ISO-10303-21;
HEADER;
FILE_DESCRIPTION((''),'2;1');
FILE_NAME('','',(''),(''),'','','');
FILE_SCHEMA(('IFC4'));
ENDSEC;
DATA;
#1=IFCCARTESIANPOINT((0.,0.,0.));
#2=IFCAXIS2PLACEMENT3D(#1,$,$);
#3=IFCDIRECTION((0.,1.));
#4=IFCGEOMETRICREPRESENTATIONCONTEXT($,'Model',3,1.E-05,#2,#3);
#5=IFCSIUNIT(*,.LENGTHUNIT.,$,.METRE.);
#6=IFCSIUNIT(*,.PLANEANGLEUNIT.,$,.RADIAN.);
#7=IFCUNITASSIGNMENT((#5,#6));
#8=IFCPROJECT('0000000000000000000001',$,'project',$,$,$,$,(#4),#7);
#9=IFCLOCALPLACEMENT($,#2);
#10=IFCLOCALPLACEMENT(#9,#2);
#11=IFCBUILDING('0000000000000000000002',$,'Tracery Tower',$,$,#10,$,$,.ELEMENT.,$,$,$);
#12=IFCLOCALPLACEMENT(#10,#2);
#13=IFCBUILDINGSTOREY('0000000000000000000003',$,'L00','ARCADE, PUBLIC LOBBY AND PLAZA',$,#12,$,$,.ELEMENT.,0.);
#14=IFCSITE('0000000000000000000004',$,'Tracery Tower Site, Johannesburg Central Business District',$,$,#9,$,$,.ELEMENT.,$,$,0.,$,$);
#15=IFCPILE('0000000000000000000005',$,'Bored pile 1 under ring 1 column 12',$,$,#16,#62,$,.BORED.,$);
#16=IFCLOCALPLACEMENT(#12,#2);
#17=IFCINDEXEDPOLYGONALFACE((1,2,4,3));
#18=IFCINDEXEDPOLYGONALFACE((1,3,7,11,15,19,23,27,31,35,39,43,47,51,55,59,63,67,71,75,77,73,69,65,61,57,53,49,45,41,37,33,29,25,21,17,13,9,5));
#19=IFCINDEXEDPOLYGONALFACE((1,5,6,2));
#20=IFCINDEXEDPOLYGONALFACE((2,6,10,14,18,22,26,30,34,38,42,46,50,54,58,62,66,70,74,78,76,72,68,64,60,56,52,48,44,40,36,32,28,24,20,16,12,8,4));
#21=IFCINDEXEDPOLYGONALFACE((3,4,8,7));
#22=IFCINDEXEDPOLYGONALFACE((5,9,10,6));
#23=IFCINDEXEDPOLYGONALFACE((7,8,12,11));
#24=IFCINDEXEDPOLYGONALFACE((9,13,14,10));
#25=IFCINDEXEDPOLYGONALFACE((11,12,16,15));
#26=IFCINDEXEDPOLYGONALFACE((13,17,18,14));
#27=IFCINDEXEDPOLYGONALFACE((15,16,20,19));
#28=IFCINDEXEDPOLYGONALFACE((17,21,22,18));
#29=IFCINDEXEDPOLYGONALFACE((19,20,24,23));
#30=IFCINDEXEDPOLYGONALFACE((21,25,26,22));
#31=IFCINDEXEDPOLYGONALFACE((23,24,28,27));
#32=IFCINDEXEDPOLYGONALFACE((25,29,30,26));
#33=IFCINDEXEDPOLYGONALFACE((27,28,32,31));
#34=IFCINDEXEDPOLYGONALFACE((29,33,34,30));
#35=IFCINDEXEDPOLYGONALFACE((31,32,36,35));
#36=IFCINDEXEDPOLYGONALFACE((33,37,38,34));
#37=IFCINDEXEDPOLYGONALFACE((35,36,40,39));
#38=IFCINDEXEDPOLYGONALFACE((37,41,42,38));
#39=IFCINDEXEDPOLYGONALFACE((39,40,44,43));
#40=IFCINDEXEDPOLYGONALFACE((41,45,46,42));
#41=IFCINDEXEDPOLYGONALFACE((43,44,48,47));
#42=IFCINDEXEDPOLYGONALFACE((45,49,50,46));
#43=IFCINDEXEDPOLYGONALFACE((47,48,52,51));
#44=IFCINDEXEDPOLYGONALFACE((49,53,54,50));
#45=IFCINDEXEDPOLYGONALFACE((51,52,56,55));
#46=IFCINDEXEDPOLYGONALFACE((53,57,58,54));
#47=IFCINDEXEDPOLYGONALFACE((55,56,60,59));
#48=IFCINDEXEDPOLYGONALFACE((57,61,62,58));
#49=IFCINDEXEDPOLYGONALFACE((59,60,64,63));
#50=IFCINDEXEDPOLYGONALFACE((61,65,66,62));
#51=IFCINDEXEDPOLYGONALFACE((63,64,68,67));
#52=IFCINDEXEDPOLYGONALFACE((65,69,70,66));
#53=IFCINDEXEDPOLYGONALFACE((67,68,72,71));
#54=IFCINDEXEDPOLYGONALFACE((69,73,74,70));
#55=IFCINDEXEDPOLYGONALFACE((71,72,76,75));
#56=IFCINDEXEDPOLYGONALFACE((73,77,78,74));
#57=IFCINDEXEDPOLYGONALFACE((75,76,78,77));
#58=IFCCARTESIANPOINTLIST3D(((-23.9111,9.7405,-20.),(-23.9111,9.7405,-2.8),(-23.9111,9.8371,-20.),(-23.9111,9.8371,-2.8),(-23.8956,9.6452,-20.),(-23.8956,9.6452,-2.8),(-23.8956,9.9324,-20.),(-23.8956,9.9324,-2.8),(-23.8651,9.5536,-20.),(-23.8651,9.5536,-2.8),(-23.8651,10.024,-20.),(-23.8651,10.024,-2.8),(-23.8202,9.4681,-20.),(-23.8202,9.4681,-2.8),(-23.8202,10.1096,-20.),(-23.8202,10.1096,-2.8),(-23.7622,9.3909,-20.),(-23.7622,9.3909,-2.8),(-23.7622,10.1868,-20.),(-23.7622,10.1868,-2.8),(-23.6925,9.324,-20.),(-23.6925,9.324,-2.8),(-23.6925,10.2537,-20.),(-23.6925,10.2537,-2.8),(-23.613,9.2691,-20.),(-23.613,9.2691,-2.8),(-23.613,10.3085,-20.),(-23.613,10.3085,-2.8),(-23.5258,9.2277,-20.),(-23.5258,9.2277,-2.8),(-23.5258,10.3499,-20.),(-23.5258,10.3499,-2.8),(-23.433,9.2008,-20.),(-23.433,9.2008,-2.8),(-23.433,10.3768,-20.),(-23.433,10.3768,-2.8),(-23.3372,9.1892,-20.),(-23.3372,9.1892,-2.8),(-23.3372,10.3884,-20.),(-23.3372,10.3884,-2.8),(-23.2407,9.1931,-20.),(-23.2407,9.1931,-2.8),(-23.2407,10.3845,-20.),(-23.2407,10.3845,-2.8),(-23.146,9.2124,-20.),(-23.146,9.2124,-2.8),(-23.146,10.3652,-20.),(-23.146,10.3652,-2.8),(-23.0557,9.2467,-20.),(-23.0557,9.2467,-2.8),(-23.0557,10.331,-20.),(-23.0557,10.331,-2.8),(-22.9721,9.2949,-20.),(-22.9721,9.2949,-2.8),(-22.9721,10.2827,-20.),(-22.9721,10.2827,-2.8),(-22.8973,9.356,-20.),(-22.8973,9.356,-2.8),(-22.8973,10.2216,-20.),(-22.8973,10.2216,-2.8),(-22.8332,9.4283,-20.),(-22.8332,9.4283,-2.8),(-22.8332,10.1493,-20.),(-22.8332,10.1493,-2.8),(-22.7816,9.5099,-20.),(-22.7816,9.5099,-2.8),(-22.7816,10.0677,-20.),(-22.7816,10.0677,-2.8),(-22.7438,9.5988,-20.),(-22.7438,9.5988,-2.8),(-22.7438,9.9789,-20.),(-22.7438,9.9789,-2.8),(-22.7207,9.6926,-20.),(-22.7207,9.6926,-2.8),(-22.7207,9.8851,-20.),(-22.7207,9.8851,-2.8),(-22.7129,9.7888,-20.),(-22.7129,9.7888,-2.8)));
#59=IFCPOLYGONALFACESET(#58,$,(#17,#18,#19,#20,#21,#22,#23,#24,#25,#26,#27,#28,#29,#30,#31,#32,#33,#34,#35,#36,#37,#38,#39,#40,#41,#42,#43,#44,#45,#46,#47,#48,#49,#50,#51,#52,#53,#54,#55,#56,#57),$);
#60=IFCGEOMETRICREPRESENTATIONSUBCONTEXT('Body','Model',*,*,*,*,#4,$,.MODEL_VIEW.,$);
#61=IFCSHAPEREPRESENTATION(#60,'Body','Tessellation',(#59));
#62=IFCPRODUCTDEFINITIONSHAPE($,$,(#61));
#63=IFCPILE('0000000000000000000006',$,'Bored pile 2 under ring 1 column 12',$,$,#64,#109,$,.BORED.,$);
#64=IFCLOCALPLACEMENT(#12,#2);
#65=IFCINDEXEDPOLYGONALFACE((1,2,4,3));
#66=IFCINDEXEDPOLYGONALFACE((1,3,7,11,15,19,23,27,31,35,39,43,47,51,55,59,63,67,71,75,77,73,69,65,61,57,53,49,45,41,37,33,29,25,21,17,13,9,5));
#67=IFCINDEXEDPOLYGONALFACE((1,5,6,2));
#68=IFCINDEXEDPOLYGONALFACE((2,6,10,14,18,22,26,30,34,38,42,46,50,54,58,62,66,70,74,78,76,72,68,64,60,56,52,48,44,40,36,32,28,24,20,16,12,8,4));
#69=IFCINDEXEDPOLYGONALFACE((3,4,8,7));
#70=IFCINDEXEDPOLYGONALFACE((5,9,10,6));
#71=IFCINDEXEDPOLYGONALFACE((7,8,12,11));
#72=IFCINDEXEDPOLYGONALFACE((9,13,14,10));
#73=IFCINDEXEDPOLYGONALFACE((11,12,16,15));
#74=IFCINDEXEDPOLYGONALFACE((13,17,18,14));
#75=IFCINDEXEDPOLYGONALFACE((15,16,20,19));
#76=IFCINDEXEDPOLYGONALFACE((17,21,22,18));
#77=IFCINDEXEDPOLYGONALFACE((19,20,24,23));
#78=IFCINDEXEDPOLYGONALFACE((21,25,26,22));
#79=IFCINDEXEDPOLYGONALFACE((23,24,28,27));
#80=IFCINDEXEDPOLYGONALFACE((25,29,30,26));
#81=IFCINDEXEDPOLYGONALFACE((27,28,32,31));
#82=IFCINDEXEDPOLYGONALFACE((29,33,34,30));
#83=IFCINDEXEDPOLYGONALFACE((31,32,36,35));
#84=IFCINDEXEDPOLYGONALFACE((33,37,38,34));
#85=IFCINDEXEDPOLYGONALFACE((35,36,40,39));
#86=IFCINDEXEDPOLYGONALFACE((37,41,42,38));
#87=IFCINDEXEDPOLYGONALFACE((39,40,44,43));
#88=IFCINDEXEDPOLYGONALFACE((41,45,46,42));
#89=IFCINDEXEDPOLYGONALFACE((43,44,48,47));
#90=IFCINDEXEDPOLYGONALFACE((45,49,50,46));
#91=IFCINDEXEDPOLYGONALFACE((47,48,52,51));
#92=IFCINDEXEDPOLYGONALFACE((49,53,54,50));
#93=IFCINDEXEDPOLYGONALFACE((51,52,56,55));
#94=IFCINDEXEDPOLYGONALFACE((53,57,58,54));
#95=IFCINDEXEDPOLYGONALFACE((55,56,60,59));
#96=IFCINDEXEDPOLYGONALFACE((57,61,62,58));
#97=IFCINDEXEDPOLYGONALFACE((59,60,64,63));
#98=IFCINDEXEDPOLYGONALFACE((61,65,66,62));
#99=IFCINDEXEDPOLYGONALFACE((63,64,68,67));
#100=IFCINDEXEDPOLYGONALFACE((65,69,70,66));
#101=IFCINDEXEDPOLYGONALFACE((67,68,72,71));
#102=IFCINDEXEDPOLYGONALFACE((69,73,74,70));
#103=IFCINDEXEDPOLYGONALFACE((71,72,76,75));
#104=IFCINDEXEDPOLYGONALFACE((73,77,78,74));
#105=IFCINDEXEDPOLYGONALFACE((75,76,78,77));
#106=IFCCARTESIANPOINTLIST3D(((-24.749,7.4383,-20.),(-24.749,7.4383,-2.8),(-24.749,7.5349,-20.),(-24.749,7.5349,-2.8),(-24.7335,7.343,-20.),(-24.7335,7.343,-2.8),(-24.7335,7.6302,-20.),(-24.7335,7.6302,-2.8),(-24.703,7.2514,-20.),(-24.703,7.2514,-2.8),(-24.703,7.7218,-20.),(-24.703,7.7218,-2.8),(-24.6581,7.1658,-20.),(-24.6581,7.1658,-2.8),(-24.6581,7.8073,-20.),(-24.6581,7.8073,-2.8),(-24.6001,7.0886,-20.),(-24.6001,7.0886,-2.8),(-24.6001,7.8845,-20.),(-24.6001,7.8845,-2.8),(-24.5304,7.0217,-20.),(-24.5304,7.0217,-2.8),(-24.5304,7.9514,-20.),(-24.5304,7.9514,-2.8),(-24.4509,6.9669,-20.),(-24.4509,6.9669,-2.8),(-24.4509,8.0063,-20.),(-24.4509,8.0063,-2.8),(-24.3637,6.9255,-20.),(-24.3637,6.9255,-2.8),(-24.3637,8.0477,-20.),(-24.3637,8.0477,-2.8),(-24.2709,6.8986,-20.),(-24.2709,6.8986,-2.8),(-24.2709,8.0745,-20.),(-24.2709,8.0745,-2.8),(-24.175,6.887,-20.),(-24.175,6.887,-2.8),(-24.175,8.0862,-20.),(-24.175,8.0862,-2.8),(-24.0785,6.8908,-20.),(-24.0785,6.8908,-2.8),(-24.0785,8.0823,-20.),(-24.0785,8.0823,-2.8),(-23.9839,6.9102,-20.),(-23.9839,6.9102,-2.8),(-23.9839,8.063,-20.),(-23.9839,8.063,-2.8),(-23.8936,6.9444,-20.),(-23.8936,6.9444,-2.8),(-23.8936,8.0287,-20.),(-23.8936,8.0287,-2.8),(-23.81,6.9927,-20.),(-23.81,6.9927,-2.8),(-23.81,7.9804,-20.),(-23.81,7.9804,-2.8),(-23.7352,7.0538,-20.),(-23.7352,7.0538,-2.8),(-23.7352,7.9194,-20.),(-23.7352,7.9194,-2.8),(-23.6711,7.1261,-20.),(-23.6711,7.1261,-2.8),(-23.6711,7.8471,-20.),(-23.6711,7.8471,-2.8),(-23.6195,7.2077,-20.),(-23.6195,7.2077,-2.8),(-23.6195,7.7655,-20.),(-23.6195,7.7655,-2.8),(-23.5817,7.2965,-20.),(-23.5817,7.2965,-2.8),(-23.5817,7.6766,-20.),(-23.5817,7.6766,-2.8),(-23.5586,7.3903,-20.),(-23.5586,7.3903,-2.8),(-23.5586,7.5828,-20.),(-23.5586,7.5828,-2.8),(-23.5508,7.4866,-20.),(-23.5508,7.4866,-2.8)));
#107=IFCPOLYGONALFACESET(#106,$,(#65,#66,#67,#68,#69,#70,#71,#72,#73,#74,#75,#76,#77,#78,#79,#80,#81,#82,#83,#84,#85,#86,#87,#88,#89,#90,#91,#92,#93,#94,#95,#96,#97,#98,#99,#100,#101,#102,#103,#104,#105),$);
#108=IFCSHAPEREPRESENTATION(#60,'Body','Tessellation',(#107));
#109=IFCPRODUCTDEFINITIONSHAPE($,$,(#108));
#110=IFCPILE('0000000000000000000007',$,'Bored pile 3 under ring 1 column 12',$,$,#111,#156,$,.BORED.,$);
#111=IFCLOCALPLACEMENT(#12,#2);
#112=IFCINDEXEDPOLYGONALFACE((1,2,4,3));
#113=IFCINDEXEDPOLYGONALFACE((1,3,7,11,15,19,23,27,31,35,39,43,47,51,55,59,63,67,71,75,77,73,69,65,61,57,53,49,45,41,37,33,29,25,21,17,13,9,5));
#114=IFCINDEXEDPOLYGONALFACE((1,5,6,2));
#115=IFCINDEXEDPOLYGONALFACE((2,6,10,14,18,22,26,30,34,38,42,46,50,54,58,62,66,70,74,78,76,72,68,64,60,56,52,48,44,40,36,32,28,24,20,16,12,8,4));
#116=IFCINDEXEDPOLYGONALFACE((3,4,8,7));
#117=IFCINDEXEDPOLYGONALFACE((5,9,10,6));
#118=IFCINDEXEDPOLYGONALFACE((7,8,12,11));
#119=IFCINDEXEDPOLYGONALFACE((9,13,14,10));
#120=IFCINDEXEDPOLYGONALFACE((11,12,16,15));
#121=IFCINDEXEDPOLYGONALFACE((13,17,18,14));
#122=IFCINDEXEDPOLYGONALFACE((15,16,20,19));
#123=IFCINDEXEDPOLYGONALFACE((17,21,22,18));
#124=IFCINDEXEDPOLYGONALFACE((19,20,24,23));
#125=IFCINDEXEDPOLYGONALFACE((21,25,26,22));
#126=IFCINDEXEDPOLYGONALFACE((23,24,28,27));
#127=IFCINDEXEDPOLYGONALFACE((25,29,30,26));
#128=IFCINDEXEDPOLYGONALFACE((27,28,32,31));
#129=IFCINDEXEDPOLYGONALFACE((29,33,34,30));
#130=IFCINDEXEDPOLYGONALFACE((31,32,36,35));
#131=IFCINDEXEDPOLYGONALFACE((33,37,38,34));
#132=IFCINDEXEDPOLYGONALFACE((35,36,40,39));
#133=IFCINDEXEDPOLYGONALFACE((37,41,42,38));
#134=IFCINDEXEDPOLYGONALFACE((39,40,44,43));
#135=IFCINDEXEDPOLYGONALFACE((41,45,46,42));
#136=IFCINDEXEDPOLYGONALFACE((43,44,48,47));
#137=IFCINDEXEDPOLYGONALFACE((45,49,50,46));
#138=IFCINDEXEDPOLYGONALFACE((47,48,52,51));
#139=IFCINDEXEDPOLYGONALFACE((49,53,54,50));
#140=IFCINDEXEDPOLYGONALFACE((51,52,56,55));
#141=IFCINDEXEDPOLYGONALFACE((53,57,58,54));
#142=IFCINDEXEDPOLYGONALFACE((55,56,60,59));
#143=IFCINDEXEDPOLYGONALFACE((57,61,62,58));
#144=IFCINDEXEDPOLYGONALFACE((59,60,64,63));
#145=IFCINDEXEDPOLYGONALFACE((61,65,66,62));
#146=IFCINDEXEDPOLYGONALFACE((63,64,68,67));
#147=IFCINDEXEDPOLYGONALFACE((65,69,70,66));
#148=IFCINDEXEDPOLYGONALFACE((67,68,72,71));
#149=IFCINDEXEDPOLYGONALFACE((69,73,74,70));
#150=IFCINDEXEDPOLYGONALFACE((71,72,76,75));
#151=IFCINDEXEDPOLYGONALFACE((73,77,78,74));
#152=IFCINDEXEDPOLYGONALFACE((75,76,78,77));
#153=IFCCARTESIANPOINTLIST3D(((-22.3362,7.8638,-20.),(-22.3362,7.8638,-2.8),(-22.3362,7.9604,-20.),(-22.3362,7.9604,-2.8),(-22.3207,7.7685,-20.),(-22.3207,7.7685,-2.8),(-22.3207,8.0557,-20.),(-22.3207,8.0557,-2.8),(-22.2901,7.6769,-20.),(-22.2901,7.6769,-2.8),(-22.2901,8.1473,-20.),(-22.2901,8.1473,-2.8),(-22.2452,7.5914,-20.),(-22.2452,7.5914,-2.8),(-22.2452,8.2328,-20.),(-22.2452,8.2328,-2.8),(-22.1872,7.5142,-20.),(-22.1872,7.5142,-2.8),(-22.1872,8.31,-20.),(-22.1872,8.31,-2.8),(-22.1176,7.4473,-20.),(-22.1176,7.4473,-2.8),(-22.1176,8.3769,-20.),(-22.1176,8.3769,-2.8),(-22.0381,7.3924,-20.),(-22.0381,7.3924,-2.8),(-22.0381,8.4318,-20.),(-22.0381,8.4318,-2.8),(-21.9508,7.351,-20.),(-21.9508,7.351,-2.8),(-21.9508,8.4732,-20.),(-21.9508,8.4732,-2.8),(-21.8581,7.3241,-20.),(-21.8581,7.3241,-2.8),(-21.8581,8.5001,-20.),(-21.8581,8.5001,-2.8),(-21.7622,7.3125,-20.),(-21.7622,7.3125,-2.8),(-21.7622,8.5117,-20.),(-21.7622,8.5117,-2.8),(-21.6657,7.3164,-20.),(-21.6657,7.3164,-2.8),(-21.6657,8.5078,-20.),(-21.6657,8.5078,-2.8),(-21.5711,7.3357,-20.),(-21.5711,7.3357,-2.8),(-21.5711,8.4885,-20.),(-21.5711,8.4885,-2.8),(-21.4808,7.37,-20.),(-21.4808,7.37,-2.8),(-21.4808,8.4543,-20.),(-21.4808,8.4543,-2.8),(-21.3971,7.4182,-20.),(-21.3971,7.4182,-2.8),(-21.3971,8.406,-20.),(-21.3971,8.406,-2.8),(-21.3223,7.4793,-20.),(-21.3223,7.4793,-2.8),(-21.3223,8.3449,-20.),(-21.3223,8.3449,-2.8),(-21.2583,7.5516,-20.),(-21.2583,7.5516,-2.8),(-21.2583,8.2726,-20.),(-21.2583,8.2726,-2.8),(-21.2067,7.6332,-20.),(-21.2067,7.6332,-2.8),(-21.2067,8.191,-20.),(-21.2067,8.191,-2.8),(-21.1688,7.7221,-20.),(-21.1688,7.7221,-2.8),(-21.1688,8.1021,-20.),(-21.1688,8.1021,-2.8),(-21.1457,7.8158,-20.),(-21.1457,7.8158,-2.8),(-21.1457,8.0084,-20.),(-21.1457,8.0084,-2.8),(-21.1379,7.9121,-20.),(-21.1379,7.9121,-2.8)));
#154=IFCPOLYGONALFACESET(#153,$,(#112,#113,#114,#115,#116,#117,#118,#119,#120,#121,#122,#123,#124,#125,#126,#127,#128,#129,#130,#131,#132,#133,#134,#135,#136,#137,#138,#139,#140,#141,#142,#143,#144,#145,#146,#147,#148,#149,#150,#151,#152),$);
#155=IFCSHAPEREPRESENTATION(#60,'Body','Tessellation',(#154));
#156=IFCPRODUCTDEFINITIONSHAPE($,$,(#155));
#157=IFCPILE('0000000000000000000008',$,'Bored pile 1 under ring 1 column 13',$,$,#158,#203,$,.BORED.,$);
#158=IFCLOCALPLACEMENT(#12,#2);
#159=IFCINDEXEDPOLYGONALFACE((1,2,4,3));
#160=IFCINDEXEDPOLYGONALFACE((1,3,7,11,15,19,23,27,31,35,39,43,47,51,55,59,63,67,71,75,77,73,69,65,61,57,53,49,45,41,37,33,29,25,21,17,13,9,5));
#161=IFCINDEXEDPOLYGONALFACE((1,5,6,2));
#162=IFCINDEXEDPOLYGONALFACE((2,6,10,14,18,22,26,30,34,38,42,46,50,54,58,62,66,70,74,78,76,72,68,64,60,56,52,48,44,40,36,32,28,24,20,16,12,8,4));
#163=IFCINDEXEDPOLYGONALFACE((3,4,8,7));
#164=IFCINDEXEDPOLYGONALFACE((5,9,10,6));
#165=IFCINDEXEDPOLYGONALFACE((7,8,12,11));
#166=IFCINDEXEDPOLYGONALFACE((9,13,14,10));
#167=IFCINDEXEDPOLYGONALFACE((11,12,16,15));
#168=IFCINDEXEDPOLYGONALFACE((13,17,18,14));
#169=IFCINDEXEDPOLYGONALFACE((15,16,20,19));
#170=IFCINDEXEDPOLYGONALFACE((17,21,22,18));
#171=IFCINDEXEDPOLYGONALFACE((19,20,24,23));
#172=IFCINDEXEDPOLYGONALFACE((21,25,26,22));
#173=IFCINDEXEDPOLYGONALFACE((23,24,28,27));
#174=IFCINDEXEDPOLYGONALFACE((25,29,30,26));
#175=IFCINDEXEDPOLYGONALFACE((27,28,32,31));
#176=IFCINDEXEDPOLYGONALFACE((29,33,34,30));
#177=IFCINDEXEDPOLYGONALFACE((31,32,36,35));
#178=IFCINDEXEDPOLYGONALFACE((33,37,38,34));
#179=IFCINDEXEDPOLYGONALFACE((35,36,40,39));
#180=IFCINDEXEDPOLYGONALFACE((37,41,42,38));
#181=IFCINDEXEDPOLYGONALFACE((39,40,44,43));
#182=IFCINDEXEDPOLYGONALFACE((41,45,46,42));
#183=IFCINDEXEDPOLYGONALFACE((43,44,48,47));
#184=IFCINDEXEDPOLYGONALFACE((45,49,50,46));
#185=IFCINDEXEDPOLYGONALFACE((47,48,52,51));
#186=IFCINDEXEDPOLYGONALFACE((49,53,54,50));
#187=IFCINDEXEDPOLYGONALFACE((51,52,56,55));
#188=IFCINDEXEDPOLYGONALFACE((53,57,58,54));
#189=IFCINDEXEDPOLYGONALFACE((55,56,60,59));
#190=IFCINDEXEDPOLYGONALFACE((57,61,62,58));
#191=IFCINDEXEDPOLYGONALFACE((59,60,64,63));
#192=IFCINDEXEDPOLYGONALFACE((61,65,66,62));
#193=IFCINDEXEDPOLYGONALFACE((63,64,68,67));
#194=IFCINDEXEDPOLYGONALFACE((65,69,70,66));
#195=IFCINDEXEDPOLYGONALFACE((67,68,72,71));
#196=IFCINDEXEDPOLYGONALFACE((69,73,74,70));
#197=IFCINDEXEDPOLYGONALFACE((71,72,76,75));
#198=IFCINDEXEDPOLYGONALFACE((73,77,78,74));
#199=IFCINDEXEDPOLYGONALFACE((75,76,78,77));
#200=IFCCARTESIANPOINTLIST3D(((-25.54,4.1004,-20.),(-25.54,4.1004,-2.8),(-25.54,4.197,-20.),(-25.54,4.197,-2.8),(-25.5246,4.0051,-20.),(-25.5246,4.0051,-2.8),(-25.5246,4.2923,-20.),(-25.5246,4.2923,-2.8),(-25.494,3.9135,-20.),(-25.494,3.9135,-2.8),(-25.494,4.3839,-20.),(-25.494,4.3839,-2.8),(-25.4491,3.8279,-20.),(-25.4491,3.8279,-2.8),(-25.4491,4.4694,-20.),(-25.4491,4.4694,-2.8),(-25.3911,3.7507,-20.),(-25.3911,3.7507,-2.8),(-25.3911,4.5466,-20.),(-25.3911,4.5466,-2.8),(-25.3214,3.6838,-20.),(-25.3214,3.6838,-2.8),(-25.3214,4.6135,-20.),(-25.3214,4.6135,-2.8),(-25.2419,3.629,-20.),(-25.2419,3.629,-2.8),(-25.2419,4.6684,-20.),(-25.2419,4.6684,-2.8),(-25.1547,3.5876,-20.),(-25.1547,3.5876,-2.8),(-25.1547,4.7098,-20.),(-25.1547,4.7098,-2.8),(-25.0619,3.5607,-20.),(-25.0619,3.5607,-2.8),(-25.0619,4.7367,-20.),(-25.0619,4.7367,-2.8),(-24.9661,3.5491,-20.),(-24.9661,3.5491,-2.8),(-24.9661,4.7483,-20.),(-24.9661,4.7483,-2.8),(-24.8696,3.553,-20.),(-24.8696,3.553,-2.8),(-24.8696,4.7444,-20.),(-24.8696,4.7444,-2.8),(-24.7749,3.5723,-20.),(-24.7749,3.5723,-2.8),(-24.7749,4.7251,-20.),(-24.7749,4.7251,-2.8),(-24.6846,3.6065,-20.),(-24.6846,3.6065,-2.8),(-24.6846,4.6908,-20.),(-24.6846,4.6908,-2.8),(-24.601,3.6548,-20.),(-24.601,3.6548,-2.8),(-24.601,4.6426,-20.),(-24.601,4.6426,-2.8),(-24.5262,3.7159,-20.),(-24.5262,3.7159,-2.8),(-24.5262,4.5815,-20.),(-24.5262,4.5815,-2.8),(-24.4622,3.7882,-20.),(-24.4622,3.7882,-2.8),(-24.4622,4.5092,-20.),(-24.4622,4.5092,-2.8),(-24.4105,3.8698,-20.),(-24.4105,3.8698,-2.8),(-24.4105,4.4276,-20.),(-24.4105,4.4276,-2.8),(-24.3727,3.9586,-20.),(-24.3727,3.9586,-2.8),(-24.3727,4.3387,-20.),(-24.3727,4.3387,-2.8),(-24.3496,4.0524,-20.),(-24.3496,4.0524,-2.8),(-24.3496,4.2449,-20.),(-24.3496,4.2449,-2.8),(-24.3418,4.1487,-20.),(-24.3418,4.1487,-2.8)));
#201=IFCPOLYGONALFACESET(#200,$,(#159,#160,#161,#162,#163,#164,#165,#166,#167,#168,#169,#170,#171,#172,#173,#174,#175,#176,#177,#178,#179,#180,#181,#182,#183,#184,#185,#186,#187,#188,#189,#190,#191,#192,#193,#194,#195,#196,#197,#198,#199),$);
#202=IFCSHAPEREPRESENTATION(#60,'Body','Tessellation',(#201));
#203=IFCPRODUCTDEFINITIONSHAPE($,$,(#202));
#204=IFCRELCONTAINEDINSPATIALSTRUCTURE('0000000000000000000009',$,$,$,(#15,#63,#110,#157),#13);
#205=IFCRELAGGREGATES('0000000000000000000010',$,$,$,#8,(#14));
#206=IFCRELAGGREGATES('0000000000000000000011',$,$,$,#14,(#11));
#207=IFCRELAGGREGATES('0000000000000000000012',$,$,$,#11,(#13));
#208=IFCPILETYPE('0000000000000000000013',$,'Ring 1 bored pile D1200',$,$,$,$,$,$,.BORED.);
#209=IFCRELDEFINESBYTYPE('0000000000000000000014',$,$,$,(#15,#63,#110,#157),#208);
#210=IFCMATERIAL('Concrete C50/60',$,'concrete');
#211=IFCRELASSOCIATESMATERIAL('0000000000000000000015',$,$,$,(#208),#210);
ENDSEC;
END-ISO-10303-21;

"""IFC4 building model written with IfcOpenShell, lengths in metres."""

from ifc_helpers import new_model, si_unit, direction, frame, origin, origin_2d, place, context, subcontext, project, spatial, circle, extrude, material, material_profile, profile_set, type_object, element, save


model = new_model("IFC4")

# Units and contexts
model_context = context("Model", 3, precision=1e-05, world=origin(), true_north=direction((0.0, 1.0)))
body_context = subcontext(model_context, "Body", "Model", "MODEL_VIEW")
ifc_project = project(units=[si_unit("LENGTHUNIT", "METRE"), si_unit("PLANEANGLEUNIT", "RADIAN")], contexts=[model_context])

# Site, building, storey
site_placement = place(None, origin())
site = spatial("IfcSite", under=ifc_project, at=site_placement, Name="Tracery Tower Site, Johannesburg Central Business District", CompositionType="ELEMENT", RefElevation=0.0)
building_placement = place(site_placement, origin())
building = spatial("IfcBuilding", under=site, at=building_placement, Name="Tracery Tower", CompositionType="ELEMENT")
storey_placement = place(building_placement, origin())
storey = spatial("IfcBuildingStorey", under=building, at=storey_placement, Name="L00", Description="ARCADE, PUBLIC LOBBY AND PLAZA", CompositionType="ELEMENT", Elevation=0.0)

# Piles
ifc_material_1 = material(Name="Concrete C50/60", Category="concrete")
ifc_material_profile_1 = material_profile(ifc_material_1, circle(Radius=0.6001, at=origin_2d()), Name="RC D1200")
ifc_profile_set_1 = profile_set([ifc_material_profile_1], Name="Concrete C50/60")
pile_type_1 = type_object("IfcPileType", Name="Ring 1 bored pile D1200", PredefinedType="BORED", material=ifc_profile_set_1)
for number, where, z_axis, x_axis, name in (
    (1, (-23.313, 9.7888, -2.8), (0.0, 0.0, -1.0), (1.0, 0.0, 0.0), "Bored pile 1 under ring 1 column 12"),
    (2, (-24.1509, 7.4866, -2.8), (0.0, 0.0, -1.0), (1.0, 0.0, 0.0), "Bored pile 2 under ring 1 column 12"),
    (3, (-21.738, 7.9121, -2.8), (0.0, 0.0, -1.0), (1.0, 0.0, 0.0), "Bored pile 3 under ring 1 column 12"),
    (4, (-24.9419, 4.1487, -2.8), (0.0, 0.0, -1.0), (1.0, 0.0, 0.0), "Bored pile 1 under ring 1 column 13"),
):
    element("IfcPile", number, at=place(storey_placement, frame(where, z_axis=z_axis, x_axis=x_axis)), inside=storey, type_object=pile_type_1, Name=name, PredefinedType="BORED", context=body_context, shape_type="SweptSolid", body=[
        extrude(circle(Radius=0.6001, at=origin_2d()), origin(), (0.0, 0.0, 1.0), 17.2),
    ])

save(model, "model.ifc")
